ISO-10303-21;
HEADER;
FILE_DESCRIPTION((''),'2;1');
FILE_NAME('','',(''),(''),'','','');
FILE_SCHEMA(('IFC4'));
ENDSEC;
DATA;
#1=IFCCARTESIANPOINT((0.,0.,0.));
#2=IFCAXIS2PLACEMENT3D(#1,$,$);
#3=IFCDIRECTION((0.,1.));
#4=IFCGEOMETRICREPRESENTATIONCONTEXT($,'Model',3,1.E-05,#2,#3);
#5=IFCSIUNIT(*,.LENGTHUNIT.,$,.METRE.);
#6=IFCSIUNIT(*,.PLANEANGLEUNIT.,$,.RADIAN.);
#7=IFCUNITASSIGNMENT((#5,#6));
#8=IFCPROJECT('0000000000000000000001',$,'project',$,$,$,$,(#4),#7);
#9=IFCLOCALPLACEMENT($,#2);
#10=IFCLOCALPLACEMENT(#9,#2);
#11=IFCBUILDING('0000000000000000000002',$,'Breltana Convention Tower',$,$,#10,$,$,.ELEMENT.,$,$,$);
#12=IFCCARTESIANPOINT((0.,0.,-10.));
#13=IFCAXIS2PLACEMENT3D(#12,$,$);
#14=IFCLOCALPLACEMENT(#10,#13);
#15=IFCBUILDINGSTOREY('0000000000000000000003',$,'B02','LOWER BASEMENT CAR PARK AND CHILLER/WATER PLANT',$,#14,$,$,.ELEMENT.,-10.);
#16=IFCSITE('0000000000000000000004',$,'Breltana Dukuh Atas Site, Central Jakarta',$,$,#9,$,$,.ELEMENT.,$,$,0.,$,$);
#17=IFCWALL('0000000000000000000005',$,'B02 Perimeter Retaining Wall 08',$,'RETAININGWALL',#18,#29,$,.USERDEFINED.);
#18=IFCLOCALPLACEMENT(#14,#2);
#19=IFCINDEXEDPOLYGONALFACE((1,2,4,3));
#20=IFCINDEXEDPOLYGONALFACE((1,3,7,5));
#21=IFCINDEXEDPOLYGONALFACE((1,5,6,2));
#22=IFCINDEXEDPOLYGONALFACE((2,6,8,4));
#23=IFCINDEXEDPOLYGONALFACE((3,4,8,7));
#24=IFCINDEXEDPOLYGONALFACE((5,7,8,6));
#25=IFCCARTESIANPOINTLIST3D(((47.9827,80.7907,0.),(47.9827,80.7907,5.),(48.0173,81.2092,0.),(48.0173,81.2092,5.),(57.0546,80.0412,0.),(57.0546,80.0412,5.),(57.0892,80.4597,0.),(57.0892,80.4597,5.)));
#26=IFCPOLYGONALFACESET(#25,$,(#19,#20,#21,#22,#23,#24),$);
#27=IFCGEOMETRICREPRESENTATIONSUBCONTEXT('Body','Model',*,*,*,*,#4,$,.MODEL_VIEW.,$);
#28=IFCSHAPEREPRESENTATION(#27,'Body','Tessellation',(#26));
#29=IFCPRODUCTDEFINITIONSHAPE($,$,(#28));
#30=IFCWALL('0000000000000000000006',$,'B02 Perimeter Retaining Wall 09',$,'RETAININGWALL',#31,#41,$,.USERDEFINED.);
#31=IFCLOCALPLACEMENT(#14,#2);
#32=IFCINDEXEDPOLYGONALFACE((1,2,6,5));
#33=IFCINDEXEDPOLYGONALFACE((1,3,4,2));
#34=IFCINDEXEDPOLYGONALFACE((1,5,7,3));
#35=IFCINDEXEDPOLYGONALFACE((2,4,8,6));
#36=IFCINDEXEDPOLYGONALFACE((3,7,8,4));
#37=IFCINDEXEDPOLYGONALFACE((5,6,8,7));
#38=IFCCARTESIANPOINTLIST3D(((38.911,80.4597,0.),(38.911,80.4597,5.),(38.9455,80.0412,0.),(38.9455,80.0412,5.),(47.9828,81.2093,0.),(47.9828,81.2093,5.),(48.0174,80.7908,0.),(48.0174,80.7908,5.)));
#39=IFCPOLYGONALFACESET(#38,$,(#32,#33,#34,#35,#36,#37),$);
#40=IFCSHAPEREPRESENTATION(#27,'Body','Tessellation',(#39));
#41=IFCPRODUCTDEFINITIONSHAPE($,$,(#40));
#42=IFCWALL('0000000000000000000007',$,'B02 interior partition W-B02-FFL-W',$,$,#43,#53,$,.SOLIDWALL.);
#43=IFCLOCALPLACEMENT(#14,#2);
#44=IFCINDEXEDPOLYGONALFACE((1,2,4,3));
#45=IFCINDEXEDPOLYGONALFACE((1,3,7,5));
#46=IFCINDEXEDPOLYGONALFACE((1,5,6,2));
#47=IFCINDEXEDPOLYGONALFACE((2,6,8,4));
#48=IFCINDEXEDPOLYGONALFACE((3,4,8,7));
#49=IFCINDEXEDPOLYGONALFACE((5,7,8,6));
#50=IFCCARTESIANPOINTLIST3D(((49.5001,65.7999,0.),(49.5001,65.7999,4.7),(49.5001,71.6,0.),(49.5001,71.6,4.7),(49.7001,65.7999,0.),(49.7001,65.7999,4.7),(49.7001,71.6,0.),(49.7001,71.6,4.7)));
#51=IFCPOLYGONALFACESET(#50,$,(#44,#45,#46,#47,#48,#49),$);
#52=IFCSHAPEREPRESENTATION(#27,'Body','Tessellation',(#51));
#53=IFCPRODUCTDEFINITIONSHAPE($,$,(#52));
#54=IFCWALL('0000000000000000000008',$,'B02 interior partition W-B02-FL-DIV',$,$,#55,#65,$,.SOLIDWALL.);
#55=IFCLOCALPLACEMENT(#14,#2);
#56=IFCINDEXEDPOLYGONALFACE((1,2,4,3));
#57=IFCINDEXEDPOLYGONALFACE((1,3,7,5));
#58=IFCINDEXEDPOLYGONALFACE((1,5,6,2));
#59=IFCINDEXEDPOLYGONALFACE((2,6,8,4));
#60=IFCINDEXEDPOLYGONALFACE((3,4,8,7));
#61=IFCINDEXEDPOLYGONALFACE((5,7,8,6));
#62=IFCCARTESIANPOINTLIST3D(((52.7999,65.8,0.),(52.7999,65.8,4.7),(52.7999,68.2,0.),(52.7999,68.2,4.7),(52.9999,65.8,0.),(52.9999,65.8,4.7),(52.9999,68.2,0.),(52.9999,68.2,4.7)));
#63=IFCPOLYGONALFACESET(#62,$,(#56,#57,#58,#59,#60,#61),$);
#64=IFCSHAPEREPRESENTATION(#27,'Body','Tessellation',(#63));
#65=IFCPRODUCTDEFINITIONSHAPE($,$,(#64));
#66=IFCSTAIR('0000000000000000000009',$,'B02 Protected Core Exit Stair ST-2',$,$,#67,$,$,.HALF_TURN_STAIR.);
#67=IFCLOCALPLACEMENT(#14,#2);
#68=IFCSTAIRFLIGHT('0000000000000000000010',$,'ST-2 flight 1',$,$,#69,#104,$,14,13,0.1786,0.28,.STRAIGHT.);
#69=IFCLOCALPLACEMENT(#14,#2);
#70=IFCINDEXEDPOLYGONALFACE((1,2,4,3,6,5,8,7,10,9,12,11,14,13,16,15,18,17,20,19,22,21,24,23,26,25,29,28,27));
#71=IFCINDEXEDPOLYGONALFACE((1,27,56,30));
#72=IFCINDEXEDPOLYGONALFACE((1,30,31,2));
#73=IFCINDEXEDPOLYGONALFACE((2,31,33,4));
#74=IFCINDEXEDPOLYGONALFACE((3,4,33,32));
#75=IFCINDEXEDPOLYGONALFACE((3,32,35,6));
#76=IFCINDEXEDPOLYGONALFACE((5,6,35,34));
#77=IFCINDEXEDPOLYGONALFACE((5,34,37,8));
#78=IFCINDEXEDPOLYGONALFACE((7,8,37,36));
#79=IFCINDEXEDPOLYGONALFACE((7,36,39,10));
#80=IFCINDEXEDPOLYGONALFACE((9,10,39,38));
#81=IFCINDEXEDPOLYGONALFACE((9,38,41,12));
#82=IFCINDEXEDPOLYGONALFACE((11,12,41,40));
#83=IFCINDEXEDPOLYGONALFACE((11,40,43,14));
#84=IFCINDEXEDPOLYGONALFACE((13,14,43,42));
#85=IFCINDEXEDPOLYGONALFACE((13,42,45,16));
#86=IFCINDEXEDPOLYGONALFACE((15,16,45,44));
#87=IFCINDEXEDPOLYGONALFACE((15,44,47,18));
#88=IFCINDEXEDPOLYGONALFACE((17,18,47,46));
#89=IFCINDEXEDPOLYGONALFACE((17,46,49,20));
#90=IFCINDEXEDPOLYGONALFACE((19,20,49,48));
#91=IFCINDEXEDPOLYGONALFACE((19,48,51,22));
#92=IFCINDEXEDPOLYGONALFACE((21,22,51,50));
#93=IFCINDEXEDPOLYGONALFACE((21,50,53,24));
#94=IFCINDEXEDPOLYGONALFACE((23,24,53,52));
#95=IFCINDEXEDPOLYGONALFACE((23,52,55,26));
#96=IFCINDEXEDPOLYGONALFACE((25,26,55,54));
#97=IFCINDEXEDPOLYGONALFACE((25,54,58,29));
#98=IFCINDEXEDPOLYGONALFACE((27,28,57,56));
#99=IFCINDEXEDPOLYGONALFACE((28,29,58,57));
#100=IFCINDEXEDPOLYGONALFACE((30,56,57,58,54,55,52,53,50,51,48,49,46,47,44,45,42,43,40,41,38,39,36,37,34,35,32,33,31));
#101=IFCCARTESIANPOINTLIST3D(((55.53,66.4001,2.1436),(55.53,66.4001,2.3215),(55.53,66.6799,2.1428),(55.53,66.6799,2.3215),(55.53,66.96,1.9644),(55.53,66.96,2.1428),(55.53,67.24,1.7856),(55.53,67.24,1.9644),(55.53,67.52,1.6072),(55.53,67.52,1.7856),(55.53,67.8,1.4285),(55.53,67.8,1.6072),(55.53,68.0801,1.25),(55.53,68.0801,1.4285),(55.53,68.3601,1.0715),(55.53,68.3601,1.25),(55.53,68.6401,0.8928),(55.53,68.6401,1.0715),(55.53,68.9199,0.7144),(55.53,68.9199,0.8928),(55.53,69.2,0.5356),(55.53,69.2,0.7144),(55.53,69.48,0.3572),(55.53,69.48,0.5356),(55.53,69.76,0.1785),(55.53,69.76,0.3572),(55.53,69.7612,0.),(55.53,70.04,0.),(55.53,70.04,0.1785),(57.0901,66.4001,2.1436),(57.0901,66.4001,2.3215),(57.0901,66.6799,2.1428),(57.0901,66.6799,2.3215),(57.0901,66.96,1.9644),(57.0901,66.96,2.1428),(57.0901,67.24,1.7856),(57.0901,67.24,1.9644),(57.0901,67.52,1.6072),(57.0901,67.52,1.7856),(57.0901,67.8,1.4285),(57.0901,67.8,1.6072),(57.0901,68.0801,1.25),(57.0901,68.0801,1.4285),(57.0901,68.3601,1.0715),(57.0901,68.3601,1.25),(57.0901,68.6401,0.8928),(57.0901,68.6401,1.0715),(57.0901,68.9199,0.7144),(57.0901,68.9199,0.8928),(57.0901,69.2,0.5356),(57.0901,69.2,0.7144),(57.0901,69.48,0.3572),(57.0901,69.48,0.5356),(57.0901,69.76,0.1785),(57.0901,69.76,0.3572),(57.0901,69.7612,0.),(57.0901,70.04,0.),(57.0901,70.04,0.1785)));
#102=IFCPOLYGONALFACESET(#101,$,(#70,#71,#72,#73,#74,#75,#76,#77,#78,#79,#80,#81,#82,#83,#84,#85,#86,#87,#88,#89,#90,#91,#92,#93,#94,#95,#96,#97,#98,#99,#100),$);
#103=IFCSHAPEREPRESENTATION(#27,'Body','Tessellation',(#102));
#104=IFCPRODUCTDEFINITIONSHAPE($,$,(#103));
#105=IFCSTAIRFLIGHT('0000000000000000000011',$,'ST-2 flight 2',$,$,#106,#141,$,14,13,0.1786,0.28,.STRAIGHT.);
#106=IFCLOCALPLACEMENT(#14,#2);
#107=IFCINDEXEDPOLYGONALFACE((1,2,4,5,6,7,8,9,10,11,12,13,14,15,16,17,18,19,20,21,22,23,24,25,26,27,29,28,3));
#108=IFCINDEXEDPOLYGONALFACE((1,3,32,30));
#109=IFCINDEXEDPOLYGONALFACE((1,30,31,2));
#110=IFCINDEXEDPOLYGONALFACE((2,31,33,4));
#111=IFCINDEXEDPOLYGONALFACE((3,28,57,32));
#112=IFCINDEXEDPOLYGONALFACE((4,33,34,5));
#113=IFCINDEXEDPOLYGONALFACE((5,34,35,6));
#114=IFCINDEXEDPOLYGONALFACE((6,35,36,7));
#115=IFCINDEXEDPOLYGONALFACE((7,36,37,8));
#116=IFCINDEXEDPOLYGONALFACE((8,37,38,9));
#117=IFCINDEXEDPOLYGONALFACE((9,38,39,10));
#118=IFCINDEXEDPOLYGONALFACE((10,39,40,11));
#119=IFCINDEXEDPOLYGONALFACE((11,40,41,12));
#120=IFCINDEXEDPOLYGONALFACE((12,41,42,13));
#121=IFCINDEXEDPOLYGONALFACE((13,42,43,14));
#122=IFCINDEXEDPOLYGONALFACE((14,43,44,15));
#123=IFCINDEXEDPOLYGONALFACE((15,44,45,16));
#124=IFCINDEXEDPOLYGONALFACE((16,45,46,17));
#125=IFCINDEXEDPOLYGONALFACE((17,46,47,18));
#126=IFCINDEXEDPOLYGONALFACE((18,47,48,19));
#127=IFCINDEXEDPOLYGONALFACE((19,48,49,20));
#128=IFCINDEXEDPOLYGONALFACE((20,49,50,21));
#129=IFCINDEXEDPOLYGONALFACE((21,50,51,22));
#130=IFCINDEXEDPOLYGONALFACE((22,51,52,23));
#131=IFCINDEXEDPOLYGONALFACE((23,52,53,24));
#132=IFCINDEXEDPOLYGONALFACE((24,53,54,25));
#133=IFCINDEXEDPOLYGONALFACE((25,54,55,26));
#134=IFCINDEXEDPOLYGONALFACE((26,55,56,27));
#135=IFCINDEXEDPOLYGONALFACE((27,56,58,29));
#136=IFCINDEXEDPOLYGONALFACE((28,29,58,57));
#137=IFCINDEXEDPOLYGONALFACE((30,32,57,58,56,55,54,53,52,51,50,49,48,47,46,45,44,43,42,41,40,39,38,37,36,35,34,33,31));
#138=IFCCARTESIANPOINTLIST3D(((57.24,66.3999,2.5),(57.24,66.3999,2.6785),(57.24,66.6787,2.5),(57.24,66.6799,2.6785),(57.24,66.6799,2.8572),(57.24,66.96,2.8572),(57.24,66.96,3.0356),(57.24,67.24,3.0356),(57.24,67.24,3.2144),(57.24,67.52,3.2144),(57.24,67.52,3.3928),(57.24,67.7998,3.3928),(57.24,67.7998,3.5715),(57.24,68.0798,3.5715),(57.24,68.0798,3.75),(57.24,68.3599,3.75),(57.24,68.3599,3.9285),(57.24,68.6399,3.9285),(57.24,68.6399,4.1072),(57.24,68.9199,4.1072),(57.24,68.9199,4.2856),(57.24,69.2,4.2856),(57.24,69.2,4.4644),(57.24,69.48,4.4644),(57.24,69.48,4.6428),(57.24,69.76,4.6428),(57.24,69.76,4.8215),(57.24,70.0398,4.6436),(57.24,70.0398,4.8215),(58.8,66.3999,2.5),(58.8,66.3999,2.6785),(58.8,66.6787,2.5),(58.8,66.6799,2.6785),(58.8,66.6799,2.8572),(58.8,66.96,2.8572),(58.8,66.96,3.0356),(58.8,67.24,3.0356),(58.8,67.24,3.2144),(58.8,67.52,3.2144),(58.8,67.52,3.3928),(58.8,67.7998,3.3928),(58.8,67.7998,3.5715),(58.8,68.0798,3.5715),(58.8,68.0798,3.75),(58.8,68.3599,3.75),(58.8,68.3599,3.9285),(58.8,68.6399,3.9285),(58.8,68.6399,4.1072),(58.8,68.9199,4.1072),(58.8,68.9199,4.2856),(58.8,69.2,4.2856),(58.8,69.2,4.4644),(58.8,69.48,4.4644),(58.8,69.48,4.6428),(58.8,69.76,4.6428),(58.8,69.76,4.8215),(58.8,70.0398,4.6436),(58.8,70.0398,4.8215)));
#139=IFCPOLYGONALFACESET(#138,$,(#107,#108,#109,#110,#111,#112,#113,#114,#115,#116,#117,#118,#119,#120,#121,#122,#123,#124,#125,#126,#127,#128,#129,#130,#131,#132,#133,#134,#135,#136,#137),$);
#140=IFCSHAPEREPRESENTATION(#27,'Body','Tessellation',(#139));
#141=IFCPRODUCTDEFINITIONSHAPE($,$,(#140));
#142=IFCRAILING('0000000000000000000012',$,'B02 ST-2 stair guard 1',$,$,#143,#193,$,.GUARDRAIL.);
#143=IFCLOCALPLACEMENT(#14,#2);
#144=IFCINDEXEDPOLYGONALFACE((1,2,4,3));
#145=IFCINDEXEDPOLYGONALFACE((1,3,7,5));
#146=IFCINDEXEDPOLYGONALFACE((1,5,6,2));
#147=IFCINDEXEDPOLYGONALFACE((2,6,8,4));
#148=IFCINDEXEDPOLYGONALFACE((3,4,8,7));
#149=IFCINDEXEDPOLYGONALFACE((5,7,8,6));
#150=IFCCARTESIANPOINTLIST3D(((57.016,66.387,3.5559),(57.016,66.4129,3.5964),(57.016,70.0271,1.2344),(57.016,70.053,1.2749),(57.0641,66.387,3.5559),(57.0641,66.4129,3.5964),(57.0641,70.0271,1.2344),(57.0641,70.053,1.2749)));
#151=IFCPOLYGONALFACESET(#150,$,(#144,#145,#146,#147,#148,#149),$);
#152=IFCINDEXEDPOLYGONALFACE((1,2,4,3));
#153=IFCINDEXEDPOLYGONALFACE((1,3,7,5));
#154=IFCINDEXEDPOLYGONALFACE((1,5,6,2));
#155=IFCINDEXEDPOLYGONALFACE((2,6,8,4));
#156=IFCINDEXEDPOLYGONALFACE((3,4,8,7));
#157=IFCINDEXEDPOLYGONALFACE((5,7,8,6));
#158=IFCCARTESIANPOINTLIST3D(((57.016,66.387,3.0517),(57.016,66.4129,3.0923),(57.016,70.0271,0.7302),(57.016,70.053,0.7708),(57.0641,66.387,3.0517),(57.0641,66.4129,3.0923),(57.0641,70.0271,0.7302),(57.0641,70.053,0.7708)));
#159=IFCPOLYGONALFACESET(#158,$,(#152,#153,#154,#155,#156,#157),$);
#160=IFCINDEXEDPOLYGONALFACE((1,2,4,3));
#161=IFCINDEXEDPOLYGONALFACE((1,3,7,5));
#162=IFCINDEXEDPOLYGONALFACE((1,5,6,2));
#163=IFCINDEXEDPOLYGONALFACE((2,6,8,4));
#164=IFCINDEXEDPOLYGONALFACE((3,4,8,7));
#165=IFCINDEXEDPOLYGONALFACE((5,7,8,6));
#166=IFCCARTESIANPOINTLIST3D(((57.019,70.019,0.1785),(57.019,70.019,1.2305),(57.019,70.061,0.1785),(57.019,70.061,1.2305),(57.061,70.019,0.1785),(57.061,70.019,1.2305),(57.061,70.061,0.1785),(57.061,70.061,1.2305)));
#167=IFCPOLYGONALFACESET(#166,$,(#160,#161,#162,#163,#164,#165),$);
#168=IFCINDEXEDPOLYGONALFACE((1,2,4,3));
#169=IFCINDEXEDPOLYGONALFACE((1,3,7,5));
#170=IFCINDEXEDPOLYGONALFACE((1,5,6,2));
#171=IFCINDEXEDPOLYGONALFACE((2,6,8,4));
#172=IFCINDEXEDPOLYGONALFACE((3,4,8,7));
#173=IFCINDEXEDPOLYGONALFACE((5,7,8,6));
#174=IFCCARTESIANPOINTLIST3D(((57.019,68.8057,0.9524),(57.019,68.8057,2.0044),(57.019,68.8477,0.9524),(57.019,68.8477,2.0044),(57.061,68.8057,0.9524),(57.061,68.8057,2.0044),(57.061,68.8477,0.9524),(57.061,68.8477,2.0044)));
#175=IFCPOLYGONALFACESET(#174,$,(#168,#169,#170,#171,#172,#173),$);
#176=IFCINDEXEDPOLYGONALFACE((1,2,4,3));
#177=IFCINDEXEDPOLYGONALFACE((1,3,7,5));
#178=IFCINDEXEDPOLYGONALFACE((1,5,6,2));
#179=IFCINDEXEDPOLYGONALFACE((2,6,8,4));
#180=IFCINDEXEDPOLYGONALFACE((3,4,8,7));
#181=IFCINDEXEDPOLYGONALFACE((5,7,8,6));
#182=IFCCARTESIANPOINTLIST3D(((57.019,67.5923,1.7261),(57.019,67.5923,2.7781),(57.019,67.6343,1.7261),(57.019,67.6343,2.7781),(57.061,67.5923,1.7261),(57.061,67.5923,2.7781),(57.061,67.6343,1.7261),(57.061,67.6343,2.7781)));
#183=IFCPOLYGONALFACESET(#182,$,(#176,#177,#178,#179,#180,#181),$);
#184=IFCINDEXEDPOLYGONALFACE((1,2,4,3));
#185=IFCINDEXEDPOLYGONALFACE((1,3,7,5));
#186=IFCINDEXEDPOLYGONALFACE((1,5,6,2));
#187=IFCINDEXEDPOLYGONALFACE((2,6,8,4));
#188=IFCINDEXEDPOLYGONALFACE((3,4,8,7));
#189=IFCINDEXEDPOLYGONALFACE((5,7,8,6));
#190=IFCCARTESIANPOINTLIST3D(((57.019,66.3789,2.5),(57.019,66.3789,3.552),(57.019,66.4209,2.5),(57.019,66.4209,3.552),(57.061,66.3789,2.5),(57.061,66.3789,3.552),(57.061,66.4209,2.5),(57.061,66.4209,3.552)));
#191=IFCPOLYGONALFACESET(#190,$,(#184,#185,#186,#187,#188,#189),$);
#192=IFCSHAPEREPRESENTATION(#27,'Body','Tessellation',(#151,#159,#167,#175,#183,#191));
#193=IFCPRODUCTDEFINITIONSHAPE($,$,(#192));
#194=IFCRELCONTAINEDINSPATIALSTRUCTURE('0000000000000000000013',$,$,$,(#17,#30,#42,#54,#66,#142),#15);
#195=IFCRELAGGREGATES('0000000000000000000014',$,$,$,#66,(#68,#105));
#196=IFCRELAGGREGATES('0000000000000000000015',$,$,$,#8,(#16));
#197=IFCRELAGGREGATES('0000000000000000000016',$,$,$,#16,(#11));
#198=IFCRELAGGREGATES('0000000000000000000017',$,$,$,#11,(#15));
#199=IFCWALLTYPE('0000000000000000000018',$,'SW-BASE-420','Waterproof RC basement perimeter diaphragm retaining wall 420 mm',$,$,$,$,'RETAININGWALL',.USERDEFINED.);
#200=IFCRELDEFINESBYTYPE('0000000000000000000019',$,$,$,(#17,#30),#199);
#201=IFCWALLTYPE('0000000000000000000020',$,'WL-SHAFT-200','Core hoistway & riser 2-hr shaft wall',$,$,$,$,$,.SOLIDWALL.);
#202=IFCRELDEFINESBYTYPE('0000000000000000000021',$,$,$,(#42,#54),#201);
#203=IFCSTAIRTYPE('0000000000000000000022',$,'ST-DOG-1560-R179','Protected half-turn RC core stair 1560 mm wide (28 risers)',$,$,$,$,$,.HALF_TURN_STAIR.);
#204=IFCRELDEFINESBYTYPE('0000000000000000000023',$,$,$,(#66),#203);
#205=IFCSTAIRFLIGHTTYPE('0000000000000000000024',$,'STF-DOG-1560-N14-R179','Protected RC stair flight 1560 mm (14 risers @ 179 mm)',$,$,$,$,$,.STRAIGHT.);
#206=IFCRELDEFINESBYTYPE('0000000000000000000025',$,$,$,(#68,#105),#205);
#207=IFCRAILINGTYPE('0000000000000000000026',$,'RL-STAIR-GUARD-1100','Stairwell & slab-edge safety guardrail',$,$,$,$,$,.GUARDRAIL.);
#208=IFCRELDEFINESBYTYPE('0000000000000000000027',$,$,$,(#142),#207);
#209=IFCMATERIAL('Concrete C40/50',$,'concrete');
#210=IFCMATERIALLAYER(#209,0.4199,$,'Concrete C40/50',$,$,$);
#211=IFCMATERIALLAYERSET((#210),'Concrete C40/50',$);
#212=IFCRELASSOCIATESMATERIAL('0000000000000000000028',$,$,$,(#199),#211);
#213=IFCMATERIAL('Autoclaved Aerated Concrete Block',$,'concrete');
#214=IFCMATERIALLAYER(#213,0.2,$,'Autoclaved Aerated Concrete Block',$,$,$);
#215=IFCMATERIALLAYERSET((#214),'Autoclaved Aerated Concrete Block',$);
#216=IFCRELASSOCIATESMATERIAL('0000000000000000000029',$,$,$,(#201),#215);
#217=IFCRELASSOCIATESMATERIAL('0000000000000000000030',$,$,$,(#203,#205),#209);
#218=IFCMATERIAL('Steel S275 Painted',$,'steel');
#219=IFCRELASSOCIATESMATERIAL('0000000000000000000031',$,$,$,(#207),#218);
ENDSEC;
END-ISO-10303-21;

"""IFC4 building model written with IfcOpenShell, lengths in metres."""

from ifc_helpers import new_model, si_unit, direction, frame, frame_2d, origin, origin_2d, place, context, subcontext, project, spatial, polyline, rectangle, outline, extrude, source, transform, mapped, material, layer, layer_set, type_object, element, aggregate, save


model = new_model("IFC4")

# Units and contexts
model_context = context("Model", 3, precision=1e-05, world=origin(), true_north=direction((0.0, 1.0)))
body_context = subcontext(model_context, "Body", "Model", "MODEL_VIEW")
ifc_project = project(units=[si_unit("LENGTHUNIT", "METRE"), si_unit("PLANEANGLEUNIT", "RADIAN")], contexts=[model_context])

# Site, building, storey
site_placement = place(None, origin())
site = spatial("IfcSite", under=ifc_project, at=site_placement, Name="Breltana Dukuh Atas Site, Central Jakarta", CompositionType="ELEMENT", RefElevation=0.0)
building_placement = place(site_placement, origin())
building = spatial("IfcBuilding", under=site, at=building_placement, Name="Breltana Convention Tower", CompositionType="ELEMENT")
storey_placement = place(building_placement, frame((0.0, 0.0, -10.0)))
storey = spatial("IfcBuildingStorey", under=building, at=storey_placement, Name="B02", Description="LOWER BASEMENT CAR PARK AND CHILLER/WATER PLANT", CompositionType="ELEMENT", Elevation=-10.0)

# Shared definitions
ifc_material_1 = material(Name="Concrete C40/50", Category="concrete")

# Walls
ifc_layer_1 = layer(ifc_material_1, 0.4199, Name="Concrete C40/50")
ifc_layer_set_1 = layer_set([ifc_layer_1], Name="Concrete C40/50")
wall_type_1 = type_object("IfcWallType", Name="SW-BASE-420", Description="Waterproof RC basement perimeter diaphragm retaining wall 420 mm", ElementType="RETAININGWALL", PredefinedType="USERDEFINED", material=ifc_layer_set_1)
shared_shape_1 = source(origin(), body_context, "Body", "SweptSolid", [
    extrude(rectangle(XDim=9.1028, YDim=0.4199, at=frame_2d((4.5513, 0.0))), origin(), (0.0, 0.0, 1.0), 5.0),
])
for number, where, z_axis, x_axis, name in (
    (1, (57.0718, 80.2505, 0.0), (0.0, 0.0, 1.0), (-0.996604, 0.08234, 0.0), "B02 Perimeter Retaining Wall 08"),
    (2, (48.0, 81.0, 0.0), (0.0, 0.0, 1.0), (-0.996604, -0.08234, 0.0), "B02 Perimeter Retaining Wall 09"),
):
    element("IfcWall", number, at=place(storey_placement, frame(where, z_axis=z_axis, x_axis=x_axis)), inside=storey, type_object=wall_type_1, Name=name, ObjectType="RETAININGWALL", PredefinedType="USERDEFINED", context=body_context, shape_type="MappedRepresentation", body=[
        mapped(shared_shape_1, transform((0.0, 0.0, 0.0), scale=1.0)),
    ])

# Shared definitions
ifc_material_2 = material(Name="Autoclaved Aerated Concrete Block", Category="concrete")
ifc_layer_2 = layer(ifc_material_2, 0.2, Name="Autoclaved Aerated Concrete Block")
ifc_layer_set_2 = layer_set([ifc_layer_2], Name="Autoclaved Aerated Concrete Block")
wall_type_2 = type_object("IfcWallType", Name="WL-SHAFT-200", Description="Core hoistway & riser 2-hr shaft wall", PredefinedType="SOLIDWALL", material=ifc_layer_set_2)

# Walls
shared_shape_2 = source(origin(), body_context, "Body", "SweptSolid", [
    extrude(rectangle(XDim=5.8, YDim=0.2, at=frame_2d((2.8999, 0.0))), origin(), (0.0, 0.0, 1.0), 4.7),
])
wall_1_placement = place(storey_placement, frame((49.6001, 65.8, 0.0), z_axis=(0.0, 0.0, 1.0), x_axis=(0.0, 1.0, 0.0)))
element("IfcWall", 3, at=wall_1_placement, inside=storey, type_object=wall_type_2, Name="B02 interior partition W-B02-FFL-W", PredefinedType="SOLIDWALL", context=body_context, shape_type="MappedRepresentation", body=[
    mapped(shared_shape_2, transform((0.0, 0.0, 0.0), scale=1.0)),
])
shared_shape_3 = source(origin(), body_context, "Body", "SweptSolid", [
    extrude(rectangle(XDim=2.3999, YDim=0.2, at=frame_2d((1.2, 0.0))), origin(), (0.0, 0.0, 1.0), 4.7),
])
wall_2_placement = place(storey_placement, frame((52.8999, 65.8, 0.0), z_axis=(0.0, 0.0, 1.0), x_axis=(0.0, 1.0, 0.0)))
element("IfcWall", 4, at=wall_2_placement, inside=storey, type_object=wall_type_2, Name="B02 interior partition W-B02-FL-DIV", PredefinedType="SOLIDWALL", context=body_context, shape_type="MappedRepresentation", body=[
    mapped(shared_shape_3, transform((0.0, 0.0, 0.0), scale=1.0)),
])

# Stair, stair flights
stair_type = type_object("IfcStairType", Name="ST-DOG-1560-R179", Description="Protected half-turn RC core stair 1560 mm wide (28 risers)", PredefinedType="HALF_TURN_STAIR", material=ifc_material_1)
stair_placement = place(storey_placement, origin())
stair = element("IfcStair", 5, at=stair_placement, inside=storey, type_object=stair_type, Name="B02 Protected Core Exit Stair ST-2", PredefinedType="HALF_TURN_STAIR")
stair_flight_type = type_object("IfcStairFlightType", Name="STF-DOG-1560-N14-R179", Description="Protected RC stair flight 1560 mm (14 risers @ 179 mm)", PredefinedType="STRAIGHT", material=ifc_material_1)
stair_flight_1_placement = place(storey_placement, frame((56.3101, 70.04, 0.0), z_axis=(0.0, 0.0, 1.0), x_axis=(0.0, -1.0, 0.0)))
stair_flight_1 = element("IfcStairFlight", 6, at=stair_flight_1_placement, type_object=stair_flight_type, Name="ST-2 flight 1", NumberOfRisers=14, NumberOfTreads=13, PredefinedType="STRAIGHT", RiserHeight=0.1786, TreadLength=0.28, context=body_context, shape_type="SweptSolid", body=[
    extrude(outline(polyline([(0.0, 0.0), (0.0, 0.1785), (0.28, 0.1785), (0.28, 0.3572), (0.5601, 0.3572), (0.5601, 0.5356), (0.8401, 0.5356), (0.8401, 0.7144), (1.1201, 0.7144), (1.1201, 0.8928), (1.3999, 0.8928), (1.3999, 1.0715), (1.6799, 1.0715), (1.6799, 1.25), (1.96, 1.25), (1.96, 1.4285), (2.24, 1.4285), (2.24, 1.6072), (2.52, 1.6072), (2.52, 1.7856), (2.8, 1.7856), (2.8, 1.9644), (3.0801, 1.9644), (3.0801, 2.1428), (3.3601, 2.1428), (3.3601, 2.3215), (3.6399, 2.3215), (3.6399, 2.5), (3.6399, 2.1436), (0.2788, 0.0), (0.0, 0.0)])), frame((0.0, 0.78, 0.0), z_axis=(0.0, -1.0, 0.0), x_axis=(1.0, 0.0, 0.0)), (0.0, 0.0, 1.0), 1.5601),
])
stair_flight_2_placement = place(storey_placement, frame((58.02, 66.3999, 2.5), z_axis=(0.0, 0.0, 1.0), x_axis=(0.0, 1.0, 0.0)))
stair_flight_2 = element("IfcStairFlight", 7, at=stair_flight_2_placement, type_object=stair_flight_type, Name="ST-2 flight 2", NumberOfRisers=14, NumberOfTreads=13, PredefinedType="STRAIGHT", RiserHeight=0.1786, TreadLength=0.28, context=body_context, shape_type="SweptSolid", body=[
    extrude(outline(polyline([(0.0, 0.0), (0.0, 0.1785), (0.28, 0.1785), (0.28, 0.3572), (0.5601, 0.3572), (0.5601, 0.5356), (0.8401, 0.5356), (0.8401, 0.7144), (1.1201, 0.7144), (1.1201, 0.8928), (1.3999, 0.8928), (1.3999, 1.0715), (1.6799, 1.0715), (1.6799, 1.25), (1.96, 1.25), (1.96, 1.4285), (2.24, 1.4285), (2.24, 1.6072), (2.52, 1.6072), (2.52, 1.7856), (2.8, 1.7856), (2.8, 1.9644), (3.0801, 1.9644), (3.0801, 2.1428), (3.3601, 2.1428), (3.3601, 2.3215), (3.6399, 2.3215), (3.6399, 2.5), (3.6399, 2.1436), (0.2788, 0.0), (0.0, 0.0)])), frame((0.0, 0.78, 0.0), z_axis=(0.0, -1.0, 0.0), x_axis=(1.0, 0.0, 0.0)), (0.0, 0.0, 1.0), 1.5601),
])
aggregate(stair, [stair_flight_1, stair_flight_2])

# Railing
ifc_material_3 = material(Name="Steel S275 Painted", Category="steel")
railing_type_1 = type_object("IfcRailingType", Name="RL-STAIR-GUARD-1100", Description="Stairwell & slab-edge safety guardrail", PredefinedType="GUARDRAIL", material=ifc_material_3)
railing_1_placement = place(storey_placement, frame((57.04, 70.04, 0.1785)))
element("IfcRailing", 8, at=railing_1_placement, inside=storey, type_object=railing_type_1, Name="B02 ST-2 stair guard 1", PredefinedType="GUARDRAIL", context=body_context, shape_type="SweptSolid", body=[
    extrude(rectangle(XDim=0.0481, YDim=0.0481, at=origin_2d()), frame((0.0, 0.0, 1.0762), z_axis=(0.0, -0.843128, 0.537713), x_axis=(1.0, 0.0, 0.0)), (0.0, 0.0, 1.0), 4.3174),
    extrude(rectangle(XDim=0.0481, YDim=0.0481, at=origin_2d()), frame((0.0, 0.0, 0.572), z_axis=(0.0, -0.843128, 0.537713), x_axis=(1.0, 0.0, 0.0)), (0.0, 0.0, 1.0), 4.3174),
    extrude(rectangle(XDim=0.042, YDim=0.042, at=origin_2d()), origin(), (0.0, 0.0, 1.0), 1.052),
    extrude(rectangle(XDim=0.042, YDim=0.042, at=origin_2d()), frame((0.0, -1.2134, 0.7739)), (0.0, 0.0, 1.0), 1.052),
    extrude(rectangle(XDim=0.042, YDim=0.042, at=origin_2d()), frame((0.0, -2.4268, 1.5476)), (0.0, 0.0, 1.0), 1.052),
    extrude(rectangle(XDim=0.042, YDim=0.042, at=origin_2d()), frame((0.0, -3.6401, 2.3215)), (0.0, 0.0, 1.0), 1.052),
])

save(model, "model.ifc")
